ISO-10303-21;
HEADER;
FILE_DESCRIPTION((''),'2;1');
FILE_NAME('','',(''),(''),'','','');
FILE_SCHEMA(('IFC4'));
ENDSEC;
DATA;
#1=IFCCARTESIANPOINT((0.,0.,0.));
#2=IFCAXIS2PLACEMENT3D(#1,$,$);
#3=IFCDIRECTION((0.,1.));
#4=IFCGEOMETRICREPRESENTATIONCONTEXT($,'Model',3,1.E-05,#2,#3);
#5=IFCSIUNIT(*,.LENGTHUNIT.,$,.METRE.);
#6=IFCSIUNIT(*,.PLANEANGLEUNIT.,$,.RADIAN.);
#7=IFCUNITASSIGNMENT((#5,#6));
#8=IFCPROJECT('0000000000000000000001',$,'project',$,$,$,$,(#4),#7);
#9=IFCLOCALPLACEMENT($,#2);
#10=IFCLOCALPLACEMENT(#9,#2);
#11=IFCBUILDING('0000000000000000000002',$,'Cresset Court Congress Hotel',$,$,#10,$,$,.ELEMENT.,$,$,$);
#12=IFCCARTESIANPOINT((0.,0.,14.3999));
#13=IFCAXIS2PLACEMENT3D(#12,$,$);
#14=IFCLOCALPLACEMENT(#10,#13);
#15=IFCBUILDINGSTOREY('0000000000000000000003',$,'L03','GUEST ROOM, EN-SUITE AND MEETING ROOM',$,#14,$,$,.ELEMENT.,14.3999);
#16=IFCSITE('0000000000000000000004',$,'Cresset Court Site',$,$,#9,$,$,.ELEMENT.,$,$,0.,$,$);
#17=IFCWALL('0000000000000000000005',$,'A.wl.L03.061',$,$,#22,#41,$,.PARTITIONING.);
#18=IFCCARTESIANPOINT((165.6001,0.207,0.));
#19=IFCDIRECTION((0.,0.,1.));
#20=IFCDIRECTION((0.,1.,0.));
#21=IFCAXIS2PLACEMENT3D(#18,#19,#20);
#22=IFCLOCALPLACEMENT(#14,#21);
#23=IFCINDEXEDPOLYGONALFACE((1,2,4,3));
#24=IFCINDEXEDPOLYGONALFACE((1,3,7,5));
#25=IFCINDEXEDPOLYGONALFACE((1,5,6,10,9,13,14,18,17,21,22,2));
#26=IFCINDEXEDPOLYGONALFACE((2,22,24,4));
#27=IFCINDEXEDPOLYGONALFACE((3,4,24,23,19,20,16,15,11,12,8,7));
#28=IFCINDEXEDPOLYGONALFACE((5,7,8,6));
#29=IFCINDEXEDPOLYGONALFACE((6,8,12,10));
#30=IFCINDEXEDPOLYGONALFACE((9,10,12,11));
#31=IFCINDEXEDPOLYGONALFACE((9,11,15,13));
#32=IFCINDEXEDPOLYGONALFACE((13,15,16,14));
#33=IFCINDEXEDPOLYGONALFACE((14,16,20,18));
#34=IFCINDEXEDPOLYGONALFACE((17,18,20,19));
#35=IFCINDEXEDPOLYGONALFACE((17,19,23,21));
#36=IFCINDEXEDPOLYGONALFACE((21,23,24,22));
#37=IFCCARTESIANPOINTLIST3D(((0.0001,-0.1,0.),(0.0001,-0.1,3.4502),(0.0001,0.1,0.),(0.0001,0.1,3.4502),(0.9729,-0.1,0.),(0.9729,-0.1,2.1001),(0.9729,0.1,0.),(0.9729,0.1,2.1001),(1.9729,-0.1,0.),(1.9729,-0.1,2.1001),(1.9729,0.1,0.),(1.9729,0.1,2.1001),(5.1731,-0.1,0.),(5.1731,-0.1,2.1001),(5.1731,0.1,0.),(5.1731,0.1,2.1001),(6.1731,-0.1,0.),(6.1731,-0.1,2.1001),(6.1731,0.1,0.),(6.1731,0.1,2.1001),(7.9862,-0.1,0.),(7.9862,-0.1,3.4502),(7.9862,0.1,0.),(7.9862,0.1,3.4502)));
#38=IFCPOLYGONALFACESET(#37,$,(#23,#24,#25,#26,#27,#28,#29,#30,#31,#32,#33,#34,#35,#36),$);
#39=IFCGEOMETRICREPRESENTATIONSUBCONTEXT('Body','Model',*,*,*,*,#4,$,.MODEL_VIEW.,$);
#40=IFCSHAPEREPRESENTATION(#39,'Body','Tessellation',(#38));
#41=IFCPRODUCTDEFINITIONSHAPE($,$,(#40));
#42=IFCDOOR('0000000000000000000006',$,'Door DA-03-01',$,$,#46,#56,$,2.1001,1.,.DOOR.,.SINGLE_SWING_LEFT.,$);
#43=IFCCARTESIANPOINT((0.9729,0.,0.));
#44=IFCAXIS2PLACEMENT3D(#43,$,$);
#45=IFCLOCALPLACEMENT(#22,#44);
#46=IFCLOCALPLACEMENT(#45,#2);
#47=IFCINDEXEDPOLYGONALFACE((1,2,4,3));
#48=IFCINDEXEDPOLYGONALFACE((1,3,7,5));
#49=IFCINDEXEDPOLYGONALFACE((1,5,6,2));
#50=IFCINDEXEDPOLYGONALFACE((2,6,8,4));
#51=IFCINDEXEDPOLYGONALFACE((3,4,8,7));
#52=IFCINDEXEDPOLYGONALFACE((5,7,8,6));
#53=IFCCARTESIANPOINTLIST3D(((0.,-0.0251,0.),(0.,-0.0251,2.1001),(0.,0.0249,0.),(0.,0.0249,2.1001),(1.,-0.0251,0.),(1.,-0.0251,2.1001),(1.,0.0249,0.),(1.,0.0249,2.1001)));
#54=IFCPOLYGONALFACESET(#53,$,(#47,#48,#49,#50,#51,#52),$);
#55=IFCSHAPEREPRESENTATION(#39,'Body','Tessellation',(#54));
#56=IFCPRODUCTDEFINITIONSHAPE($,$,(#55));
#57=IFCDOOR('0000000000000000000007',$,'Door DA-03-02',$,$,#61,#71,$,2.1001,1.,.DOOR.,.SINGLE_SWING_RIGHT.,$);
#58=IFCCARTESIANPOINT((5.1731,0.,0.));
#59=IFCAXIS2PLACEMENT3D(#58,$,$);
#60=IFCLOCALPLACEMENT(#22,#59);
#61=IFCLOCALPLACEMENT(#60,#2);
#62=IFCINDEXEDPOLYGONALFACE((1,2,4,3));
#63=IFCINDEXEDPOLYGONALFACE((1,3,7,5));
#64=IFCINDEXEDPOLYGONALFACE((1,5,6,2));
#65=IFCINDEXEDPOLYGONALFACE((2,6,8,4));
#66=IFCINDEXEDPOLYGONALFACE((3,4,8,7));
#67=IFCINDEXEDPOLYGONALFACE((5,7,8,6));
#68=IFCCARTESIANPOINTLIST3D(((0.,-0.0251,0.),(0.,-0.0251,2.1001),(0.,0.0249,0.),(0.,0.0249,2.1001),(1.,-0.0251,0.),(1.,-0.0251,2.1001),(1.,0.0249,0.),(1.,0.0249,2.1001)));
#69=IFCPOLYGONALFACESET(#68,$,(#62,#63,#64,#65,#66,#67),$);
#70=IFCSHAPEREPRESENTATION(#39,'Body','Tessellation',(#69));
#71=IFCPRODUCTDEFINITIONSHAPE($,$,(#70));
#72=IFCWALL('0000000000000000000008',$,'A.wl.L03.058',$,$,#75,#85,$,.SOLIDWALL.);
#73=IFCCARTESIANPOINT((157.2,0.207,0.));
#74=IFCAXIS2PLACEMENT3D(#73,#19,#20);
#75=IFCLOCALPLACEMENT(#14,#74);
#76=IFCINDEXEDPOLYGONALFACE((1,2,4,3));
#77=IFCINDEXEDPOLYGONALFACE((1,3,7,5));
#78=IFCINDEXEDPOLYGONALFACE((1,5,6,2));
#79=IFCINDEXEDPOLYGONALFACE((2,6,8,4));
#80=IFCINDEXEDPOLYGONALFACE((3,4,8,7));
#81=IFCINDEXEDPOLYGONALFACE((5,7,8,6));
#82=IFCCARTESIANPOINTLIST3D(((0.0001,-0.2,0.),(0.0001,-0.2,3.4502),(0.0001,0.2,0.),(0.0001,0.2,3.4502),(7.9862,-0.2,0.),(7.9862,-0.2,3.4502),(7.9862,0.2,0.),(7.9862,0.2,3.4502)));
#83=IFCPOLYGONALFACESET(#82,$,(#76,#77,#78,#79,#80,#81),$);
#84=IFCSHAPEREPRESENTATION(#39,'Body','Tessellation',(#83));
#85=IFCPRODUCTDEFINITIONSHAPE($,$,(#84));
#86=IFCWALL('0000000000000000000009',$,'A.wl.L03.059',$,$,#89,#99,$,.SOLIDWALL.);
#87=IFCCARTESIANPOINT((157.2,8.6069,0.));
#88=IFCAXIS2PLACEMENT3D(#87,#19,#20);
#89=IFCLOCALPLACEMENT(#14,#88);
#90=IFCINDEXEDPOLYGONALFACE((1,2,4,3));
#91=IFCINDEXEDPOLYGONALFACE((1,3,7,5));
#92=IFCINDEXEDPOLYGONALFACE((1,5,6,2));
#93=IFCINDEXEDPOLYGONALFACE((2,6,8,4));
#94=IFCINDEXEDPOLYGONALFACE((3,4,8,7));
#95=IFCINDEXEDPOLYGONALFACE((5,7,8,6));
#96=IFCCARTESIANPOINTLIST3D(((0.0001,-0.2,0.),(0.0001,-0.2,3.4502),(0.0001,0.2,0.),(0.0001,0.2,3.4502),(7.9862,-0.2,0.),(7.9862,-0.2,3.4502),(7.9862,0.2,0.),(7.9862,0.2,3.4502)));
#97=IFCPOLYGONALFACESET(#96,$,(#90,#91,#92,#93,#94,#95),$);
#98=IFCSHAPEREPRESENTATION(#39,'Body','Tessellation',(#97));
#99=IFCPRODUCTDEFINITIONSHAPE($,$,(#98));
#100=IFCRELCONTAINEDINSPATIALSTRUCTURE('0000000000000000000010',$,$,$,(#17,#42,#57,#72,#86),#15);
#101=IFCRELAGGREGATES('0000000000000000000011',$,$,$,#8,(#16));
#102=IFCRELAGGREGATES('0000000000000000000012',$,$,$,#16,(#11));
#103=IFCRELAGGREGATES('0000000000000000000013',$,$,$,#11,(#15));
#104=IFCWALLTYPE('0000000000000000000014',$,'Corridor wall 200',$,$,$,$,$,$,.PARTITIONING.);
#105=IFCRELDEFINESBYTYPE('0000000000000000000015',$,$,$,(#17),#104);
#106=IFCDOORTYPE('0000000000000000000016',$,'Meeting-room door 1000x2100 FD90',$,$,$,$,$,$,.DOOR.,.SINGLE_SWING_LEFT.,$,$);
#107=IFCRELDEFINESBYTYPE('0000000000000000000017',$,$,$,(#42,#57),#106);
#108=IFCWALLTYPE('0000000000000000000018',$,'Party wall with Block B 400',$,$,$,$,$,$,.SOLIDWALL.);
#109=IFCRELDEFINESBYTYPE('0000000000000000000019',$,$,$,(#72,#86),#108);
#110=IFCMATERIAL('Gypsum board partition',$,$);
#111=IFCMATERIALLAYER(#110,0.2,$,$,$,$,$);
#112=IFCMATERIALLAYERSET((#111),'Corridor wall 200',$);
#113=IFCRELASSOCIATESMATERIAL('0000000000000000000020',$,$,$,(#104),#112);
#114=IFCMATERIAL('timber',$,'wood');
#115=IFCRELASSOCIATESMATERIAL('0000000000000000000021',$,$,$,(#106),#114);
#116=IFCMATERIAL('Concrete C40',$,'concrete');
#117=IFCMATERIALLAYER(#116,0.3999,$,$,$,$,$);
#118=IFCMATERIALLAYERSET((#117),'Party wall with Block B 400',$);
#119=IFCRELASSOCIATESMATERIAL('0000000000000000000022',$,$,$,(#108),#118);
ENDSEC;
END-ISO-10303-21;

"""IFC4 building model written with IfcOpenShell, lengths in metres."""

from ifc_helpers import new_model, si_unit, direction, frame, frame_2d, origin, place, context, subcontext, project, spatial, rectangle, extrude, material, layer, layer_set, type_object, element, fill, save


model = new_model("IFC4")

# Units and contexts
model_context = context("Model", 3, precision=1e-05, world=origin(), true_north=direction((0.0, 1.0)))
body_context = subcontext(model_context, "Body", "Model", "MODEL_VIEW")
ifc_project = project(units=[si_unit("LENGTHUNIT", "METRE"), si_unit("PLANEANGLEUNIT", "RADIAN")], contexts=[model_context])

# Site, building, storey
site_placement = place(None, origin())
site = spatial("IfcSite", under=ifc_project, at=site_placement, Name="Cresset Court Site", CompositionType="ELEMENT", RefElevation=0.0)
building_placement = place(site_placement, origin())
building = spatial("IfcBuilding", under=site, at=building_placement, Name="Cresset Court Congress Hotel", CompositionType="ELEMENT")
storey_placement = place(building_placement, frame((0.0, 0.0, 14.3999)))
storey = spatial("IfcBuildingStorey", under=building, at=storey_placement, Name="L03", Description="GUEST ROOM, EN-SUITE AND MEETING ROOM", CompositionType="ELEMENT", Elevation=14.3999)

# Wall, openings, doors
ifc_material_1 = material(Name="Gypsum board partition")
ifc_layer_1 = layer(ifc_material_1, 0.2)
ifc_layer_set_1 = layer_set([ifc_layer_1], Name="Corridor wall 200")
wall_type_1 = type_object("IfcWallType", Name="Corridor wall 200", PredefinedType="PARTITIONING", material=ifc_layer_set_1)
wall_1_placement = place(storey_placement, frame((165.6001, 0.207, 0.0), z_axis=(0.0, 0.0, 1.0), x_axis=(0.0, 1.0, 0.0)))
wall_1 = element("IfcWall", 1, at=wall_1_placement, inside=storey, type_object=wall_type_1, Name="A.wl.L03.061", PredefinedType="PARTITIONING", context=body_context, shape_type="SweptSolid", body=[
    extrude(rectangle(XDim=7.9861, YDim=0.2, at=frame_2d((3.9932, 0.0))), origin(), (0.0, 0.0, 1.0), 3.4502),
])
opening_1_placement = place(wall_1_placement, frame((0.9729, 0.0, 0.0)))
opening_1 = element("IfcOpeningElement", 2, at=opening_1_placement, cuts=wall_1, PredefinedType="OPENING", context=body_context, shape_type="SweptSolid", body=[
    extrude(rectangle(XDim=1.0, YDim=2.1001, at=frame_2d((0.5, 1.05))), frame((0.0, 0.1099, 0.0), z_axis=(0.0, -1.0, 0.0), x_axis=(1.0, 0.0, 0.0)), (0.0, 0.0, 1.0), 0.22),
])
opening_2_placement = place(wall_1_placement, frame((5.1731, 0.0, 0.0)))
opening_2 = element("IfcOpeningElement", 3, at=opening_2_placement, cuts=wall_1, PredefinedType="OPENING", context=body_context, shape_type="SweptSolid", body=[
    extrude(rectangle(XDim=1.0, YDim=2.1001, at=frame_2d((0.5, 1.05))), frame((0.0, 0.1099, 0.0), z_axis=(0.0, -1.0, 0.0), x_axis=(1.0, 0.0, 0.0)), (0.0, 0.0, 1.0), 0.22),
])
ifc_material_2 = material(Name="timber", Category="wood")
door_type_1 = type_object("IfcDoorType", Name="Meeting-room door 1000x2100 FD90", OperationType="SINGLE_SWING_LEFT", PredefinedType="DOOR", material=ifc_material_2)
door_1_placement = place(opening_1_placement, origin())
door_1 = element("IfcDoor", 4, at=door_1_placement, inside=storey, type_object=door_type_1, Name="Door DA-03-01", OperationType="SINGLE_SWING_LEFT", OverallHeight=2.1001, OverallWidth=1.0, PredefinedType="DOOR", context=body_context, shape_type="SweptSolid", body=[
    extrude(rectangle(XDim=1.0, YDim=2.1001, at=frame_2d((0.5, 1.05))), frame((0.0, 0.0249, 0.0), z_axis=(0.0, -1.0, 0.0), x_axis=(1.0, 0.0, 0.0)), (0.0, 0.0, 1.0), 0.05),
])
fill(opening_1, door_1)
door_2_placement = place(opening_2_placement, origin())
door_2 = element("IfcDoor", 5, at=door_2_placement, inside=storey, type_object=door_type_1, Name="Door DA-03-02", OperationType="SINGLE_SWING_RIGHT", OverallHeight=2.1001, OverallWidth=1.0, PredefinedType="DOOR", context=body_context, shape_type="SweptSolid", body=[
    extrude(rectangle(XDim=1.0, YDim=2.1001, at=frame_2d((0.5, 1.05))), frame((0.0, 0.0249, 0.0), z_axis=(0.0, -1.0, 0.0), x_axis=(1.0, 0.0, 0.0)), (0.0, 0.0, 1.0), 0.05),
])
fill(opening_2, door_2)

# Walls
ifc_material_3 = material(Name="Concrete C40", Category="concrete")
ifc_layer_2 = layer(ifc_material_3, 0.3999)
ifc_layer_set_2 = layer_set([ifc_layer_2], Name="Party wall with Block B 400")
wall_type_2 = type_object("IfcWallType", Name="Party wall with Block B 400", PredefinedType="SOLIDWALL", material=ifc_layer_set_2)
for number, where, z_axis, x_axis, name in (
    (6, (157.2, 0.207, 0.0), (0.0, 0.0, 1.0), (0.0, 1.0, 0.0), "A.wl.L03.058"),
    (7, (157.2, 8.6069, 0.0), (0.0, 0.0, 1.0), (0.0, 1.0, 0.0), "A.wl.L03.059"),
):
    element("IfcWall", number, at=place(storey_placement, frame(where, z_axis=z_axis, x_axis=x_axis)), inside=storey, type_object=wall_type_2, Name=name, PredefinedType="SOLIDWALL", context=body_context, shape_type="SweptSolid", body=[
        extrude(rectangle(XDim=7.9861, YDim=0.3999, at=frame_2d((3.9932, 0.0))), origin(), (0.0, 0.0, 1.0), 3.4502),
    ])

save(model, "model.ifc")
